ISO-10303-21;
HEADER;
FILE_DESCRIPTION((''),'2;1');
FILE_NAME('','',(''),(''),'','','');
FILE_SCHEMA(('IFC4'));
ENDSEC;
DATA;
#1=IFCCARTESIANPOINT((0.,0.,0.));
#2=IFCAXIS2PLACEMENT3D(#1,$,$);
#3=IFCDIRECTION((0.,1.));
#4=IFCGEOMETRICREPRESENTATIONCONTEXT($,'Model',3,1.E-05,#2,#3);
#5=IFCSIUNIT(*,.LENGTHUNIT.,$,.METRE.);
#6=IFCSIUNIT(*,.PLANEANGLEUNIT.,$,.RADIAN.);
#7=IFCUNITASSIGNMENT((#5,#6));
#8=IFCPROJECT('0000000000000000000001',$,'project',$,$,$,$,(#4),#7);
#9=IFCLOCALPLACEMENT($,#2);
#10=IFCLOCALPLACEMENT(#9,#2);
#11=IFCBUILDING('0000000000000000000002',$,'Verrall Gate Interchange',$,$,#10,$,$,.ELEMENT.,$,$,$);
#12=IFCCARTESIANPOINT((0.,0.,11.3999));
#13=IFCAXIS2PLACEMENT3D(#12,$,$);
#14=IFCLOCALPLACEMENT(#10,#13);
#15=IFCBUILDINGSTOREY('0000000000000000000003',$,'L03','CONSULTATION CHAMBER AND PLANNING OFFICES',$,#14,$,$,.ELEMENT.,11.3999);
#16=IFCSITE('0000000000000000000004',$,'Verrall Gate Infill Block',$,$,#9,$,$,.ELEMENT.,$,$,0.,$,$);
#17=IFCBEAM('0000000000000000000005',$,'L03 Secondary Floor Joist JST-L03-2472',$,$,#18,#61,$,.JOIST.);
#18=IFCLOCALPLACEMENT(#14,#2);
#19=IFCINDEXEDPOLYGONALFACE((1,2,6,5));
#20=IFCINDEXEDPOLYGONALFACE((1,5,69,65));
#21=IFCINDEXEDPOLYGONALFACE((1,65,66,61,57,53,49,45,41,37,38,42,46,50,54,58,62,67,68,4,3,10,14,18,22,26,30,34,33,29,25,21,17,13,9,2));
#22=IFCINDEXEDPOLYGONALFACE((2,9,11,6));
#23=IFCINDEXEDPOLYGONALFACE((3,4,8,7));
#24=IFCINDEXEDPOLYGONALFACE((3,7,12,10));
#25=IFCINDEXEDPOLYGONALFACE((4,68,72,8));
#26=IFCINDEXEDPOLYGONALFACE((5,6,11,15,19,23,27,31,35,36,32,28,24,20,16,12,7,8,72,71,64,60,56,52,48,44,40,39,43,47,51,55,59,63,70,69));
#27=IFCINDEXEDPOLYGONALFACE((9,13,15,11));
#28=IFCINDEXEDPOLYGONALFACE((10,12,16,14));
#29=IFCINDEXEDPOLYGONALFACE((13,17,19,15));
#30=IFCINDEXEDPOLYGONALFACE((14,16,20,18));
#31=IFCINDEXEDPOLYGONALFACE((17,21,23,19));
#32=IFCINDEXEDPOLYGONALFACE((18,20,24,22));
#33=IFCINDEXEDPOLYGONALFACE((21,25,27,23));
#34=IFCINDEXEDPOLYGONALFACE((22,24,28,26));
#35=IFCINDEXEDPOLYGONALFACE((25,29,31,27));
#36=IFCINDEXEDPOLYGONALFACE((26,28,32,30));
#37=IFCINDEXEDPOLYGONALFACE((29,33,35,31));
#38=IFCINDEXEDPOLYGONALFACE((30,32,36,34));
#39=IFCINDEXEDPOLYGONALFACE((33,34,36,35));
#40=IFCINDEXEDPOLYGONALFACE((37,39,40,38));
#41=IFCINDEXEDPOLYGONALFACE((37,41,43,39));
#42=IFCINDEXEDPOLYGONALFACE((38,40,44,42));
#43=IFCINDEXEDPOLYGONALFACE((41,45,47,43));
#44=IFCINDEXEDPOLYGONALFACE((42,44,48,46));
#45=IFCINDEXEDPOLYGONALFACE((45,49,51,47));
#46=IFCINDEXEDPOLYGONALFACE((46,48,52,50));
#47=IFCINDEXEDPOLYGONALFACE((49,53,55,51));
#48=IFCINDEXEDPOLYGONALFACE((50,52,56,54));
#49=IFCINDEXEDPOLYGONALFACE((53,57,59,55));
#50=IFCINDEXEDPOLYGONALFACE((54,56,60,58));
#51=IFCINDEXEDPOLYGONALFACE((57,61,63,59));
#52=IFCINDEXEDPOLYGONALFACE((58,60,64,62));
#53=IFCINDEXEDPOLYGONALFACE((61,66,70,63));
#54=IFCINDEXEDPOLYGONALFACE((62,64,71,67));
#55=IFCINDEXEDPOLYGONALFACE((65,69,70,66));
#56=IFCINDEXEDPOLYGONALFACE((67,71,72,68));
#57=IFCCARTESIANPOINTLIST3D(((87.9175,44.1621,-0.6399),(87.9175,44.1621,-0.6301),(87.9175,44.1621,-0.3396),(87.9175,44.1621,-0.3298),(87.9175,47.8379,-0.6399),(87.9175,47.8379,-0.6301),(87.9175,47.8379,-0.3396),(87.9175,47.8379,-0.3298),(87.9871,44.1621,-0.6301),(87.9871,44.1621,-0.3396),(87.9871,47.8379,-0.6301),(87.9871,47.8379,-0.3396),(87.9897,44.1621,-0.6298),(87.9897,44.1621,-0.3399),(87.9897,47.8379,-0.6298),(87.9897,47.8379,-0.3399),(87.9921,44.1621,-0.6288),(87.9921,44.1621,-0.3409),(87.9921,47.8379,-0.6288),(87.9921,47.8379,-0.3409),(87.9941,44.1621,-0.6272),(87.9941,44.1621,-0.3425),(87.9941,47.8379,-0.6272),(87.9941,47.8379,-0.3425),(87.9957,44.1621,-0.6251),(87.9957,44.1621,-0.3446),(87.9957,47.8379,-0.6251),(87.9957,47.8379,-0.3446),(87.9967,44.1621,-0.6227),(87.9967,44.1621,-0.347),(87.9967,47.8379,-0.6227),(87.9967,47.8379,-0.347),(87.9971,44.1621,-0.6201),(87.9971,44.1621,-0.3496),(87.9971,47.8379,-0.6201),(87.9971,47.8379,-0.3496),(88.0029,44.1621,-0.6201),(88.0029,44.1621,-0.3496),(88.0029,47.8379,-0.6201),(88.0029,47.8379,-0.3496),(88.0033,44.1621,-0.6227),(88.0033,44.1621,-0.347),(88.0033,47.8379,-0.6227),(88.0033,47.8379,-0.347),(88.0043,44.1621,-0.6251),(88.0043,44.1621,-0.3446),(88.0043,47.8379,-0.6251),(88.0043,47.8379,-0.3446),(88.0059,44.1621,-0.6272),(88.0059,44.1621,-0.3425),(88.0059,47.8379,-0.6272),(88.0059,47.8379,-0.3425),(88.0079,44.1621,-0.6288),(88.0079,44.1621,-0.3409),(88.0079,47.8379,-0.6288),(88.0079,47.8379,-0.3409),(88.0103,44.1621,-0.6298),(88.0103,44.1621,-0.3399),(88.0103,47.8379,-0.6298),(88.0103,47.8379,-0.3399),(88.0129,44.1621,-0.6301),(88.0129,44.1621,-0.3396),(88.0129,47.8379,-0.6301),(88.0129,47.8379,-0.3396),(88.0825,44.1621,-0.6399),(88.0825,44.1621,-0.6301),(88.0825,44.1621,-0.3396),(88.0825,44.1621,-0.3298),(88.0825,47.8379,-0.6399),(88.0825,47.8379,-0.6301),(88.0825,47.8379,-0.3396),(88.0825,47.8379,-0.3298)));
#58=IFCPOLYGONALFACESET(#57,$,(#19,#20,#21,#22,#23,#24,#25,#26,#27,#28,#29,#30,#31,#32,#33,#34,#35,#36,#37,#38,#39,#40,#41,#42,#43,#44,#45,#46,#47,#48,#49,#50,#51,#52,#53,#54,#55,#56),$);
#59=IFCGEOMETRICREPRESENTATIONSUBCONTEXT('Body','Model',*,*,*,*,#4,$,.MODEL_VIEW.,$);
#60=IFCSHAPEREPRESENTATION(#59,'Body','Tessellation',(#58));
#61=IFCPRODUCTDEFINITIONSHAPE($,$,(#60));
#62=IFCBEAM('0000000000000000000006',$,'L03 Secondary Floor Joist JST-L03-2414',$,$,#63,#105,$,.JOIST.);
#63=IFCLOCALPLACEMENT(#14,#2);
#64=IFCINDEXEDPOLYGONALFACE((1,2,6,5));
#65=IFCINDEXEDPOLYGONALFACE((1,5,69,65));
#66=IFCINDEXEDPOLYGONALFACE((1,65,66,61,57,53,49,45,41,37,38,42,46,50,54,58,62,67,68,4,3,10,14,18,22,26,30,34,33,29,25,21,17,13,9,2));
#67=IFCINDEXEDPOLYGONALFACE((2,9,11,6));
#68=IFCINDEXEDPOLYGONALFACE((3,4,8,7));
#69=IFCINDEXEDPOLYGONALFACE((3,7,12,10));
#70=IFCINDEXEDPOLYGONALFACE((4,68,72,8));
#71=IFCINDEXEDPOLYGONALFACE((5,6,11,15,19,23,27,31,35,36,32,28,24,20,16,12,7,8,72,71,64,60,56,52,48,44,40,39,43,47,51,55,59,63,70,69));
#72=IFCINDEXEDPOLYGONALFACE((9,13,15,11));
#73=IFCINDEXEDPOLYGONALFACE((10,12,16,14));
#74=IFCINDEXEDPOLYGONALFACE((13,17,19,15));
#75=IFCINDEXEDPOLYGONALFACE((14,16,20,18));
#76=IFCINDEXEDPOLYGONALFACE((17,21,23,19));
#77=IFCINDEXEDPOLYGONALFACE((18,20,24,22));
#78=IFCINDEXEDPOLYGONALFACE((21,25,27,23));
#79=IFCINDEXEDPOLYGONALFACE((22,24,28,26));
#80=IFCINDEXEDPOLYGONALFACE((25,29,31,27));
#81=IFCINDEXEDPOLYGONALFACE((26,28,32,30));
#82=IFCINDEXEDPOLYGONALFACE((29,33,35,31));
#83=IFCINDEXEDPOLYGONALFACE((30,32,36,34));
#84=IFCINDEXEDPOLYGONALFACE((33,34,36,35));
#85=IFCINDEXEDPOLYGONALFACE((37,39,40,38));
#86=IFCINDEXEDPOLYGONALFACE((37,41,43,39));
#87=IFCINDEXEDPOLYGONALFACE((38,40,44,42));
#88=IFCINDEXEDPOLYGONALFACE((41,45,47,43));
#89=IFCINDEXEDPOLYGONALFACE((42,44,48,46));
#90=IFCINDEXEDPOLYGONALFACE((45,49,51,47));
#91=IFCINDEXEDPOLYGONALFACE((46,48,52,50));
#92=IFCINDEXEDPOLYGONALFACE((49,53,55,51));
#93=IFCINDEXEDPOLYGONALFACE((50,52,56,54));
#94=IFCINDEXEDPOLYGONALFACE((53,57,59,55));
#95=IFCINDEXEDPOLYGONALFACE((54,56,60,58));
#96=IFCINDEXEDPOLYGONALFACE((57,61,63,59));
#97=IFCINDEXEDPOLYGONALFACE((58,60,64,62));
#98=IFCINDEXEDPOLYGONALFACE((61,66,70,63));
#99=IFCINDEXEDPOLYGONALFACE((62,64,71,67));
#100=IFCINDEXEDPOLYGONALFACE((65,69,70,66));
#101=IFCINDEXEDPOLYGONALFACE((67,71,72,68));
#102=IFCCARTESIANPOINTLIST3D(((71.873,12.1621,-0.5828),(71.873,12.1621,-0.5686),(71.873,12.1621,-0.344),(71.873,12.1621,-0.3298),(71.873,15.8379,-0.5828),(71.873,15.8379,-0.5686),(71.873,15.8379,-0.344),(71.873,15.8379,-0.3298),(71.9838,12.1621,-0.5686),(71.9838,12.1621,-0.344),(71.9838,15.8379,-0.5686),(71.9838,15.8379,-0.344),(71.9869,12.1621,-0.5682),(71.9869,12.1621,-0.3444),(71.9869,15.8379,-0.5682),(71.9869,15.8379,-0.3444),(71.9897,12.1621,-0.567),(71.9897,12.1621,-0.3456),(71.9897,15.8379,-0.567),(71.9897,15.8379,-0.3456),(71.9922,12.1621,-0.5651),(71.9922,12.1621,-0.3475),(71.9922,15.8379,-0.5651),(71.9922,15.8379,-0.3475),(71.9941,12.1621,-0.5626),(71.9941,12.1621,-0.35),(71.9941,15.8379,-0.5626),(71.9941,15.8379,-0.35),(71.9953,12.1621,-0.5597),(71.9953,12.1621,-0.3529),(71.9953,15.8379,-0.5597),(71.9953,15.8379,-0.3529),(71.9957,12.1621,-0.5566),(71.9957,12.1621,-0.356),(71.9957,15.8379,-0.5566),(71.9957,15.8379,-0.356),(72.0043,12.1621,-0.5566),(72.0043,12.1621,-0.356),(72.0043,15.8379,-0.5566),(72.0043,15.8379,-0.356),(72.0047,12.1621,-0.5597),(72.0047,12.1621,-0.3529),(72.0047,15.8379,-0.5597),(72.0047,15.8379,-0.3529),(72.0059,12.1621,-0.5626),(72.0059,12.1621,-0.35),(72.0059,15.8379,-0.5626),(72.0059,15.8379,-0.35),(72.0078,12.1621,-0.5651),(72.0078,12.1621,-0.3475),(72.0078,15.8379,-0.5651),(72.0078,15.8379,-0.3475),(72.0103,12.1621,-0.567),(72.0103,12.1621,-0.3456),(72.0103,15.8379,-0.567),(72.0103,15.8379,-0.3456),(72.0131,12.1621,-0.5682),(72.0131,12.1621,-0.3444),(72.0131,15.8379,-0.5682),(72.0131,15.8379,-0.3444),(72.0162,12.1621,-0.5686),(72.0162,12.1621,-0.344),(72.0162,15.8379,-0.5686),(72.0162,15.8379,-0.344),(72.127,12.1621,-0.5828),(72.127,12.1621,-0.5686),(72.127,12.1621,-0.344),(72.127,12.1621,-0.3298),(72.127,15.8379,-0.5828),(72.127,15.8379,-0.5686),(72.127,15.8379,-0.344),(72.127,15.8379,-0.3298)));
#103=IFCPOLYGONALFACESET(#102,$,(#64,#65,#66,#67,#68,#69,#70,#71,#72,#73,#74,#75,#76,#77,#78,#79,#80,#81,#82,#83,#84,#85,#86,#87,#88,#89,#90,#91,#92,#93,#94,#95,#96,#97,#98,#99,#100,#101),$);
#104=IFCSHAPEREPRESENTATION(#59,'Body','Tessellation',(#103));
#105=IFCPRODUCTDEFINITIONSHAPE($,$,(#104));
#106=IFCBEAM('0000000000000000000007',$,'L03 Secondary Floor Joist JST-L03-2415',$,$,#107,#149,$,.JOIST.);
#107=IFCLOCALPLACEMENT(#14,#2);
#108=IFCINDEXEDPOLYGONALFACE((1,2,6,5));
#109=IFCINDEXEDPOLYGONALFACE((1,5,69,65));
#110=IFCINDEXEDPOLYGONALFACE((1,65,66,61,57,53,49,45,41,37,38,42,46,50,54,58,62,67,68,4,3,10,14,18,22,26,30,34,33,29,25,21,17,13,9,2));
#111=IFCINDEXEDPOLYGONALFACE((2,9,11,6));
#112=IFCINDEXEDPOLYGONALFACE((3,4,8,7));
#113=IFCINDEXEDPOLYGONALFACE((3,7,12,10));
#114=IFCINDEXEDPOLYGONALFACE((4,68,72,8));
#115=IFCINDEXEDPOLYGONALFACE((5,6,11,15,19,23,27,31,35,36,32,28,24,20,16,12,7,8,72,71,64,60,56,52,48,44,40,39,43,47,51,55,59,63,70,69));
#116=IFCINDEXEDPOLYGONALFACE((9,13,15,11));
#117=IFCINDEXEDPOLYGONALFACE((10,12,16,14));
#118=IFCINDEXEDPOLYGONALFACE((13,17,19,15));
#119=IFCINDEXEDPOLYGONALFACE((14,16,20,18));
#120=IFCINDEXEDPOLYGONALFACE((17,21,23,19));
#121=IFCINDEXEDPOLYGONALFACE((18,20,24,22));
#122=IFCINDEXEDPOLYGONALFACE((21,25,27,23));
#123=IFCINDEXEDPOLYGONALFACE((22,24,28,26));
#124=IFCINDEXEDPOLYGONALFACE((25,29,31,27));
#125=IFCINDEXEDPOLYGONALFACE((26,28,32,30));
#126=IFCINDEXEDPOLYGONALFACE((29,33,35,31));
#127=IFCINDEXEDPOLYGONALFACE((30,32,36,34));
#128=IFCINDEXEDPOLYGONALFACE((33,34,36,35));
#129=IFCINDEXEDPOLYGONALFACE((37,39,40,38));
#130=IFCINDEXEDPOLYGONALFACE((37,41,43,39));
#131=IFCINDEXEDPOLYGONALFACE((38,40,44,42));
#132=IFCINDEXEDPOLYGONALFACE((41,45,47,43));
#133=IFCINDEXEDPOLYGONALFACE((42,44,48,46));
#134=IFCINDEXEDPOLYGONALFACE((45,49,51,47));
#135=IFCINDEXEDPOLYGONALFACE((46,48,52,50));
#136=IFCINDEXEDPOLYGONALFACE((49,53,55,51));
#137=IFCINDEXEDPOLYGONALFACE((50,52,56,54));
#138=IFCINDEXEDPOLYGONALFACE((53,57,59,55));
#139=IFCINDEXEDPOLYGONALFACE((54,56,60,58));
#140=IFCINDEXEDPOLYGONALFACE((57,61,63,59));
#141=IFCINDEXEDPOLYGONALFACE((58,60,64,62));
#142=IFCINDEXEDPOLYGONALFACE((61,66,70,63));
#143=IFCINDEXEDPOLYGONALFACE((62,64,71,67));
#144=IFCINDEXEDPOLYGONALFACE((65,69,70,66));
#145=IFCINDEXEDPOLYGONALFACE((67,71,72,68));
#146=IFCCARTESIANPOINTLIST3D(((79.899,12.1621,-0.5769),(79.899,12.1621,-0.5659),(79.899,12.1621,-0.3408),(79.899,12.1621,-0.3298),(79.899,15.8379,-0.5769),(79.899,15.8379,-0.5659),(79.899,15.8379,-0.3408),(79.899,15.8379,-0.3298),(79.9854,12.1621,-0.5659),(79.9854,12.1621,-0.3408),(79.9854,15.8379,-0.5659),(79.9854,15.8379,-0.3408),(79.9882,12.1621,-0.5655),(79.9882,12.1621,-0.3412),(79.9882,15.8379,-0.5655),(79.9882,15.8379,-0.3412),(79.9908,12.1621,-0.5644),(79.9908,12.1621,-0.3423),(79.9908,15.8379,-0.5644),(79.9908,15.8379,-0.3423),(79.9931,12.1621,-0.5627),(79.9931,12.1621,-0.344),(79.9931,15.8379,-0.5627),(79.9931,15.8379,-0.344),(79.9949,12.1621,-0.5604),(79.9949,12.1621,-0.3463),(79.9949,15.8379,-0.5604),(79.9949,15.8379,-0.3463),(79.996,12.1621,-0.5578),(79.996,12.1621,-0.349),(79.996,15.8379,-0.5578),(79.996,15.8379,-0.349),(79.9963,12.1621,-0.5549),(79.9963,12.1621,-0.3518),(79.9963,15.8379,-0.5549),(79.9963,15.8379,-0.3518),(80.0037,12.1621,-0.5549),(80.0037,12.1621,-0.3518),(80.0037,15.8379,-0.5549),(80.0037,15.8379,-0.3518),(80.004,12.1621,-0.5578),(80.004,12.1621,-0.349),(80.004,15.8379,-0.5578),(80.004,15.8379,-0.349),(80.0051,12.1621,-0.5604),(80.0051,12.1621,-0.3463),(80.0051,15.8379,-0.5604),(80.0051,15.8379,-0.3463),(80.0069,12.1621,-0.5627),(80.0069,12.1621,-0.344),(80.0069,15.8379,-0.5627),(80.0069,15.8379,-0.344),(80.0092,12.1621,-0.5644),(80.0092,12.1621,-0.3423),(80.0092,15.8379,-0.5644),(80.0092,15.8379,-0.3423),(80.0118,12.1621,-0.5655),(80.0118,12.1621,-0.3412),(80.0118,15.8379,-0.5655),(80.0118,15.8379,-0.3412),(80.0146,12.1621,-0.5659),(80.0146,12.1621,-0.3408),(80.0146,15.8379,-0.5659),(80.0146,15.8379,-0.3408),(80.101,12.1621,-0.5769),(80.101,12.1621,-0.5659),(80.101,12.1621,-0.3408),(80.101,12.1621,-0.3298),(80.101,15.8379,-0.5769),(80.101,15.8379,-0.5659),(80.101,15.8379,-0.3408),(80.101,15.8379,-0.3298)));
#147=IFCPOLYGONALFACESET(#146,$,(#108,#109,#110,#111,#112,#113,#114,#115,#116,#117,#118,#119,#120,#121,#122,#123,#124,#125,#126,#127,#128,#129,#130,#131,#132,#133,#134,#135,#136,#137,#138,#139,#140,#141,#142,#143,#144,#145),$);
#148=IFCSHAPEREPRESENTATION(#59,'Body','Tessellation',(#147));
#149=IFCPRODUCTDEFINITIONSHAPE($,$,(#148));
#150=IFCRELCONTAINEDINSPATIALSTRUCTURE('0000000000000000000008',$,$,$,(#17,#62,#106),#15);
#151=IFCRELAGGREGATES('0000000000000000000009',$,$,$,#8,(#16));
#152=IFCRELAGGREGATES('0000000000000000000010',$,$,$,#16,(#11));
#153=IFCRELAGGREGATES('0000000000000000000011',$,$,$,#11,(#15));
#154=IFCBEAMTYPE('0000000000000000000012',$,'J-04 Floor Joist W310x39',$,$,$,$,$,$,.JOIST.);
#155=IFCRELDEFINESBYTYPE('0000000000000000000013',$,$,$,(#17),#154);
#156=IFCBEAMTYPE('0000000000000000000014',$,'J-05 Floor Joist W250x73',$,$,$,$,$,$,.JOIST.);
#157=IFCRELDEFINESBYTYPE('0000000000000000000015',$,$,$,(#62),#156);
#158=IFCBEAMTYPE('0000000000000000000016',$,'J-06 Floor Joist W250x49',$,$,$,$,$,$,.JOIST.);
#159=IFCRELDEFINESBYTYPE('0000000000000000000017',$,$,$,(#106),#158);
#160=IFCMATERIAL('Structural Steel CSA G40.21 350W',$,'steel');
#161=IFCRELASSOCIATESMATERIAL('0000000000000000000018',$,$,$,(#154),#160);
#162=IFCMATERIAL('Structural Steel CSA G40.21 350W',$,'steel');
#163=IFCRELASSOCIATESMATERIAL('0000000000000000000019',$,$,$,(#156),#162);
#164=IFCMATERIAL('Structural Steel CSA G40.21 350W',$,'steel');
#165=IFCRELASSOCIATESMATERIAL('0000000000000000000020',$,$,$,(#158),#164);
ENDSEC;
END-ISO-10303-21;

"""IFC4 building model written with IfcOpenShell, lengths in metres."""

from ifc_helpers import new_model, si_unit, direction, frame, origin, origin_2d, place, context, subcontext, project, spatial, i_section, extrude, material, material_profile, profile_set, type_object, element, save


model = new_model("IFC4")

# Units and contexts
model_context = context("Model", 3, precision=1e-05, world=origin(), true_north=direction((0.0, 1.0)))
body_context = subcontext(model_context, "Body", "Model", "MODEL_VIEW")
ifc_project = project(units=[si_unit("LENGTHUNIT", "METRE"), si_unit("PLANEANGLEUNIT", "RADIAN")], contexts=[model_context])

# Site, building, storey
site_placement = place(None, origin())
site = spatial("IfcSite", under=ifc_project, at=site_placement, Name="Verrall Gate Infill Block", CompositionType="ELEMENT", RefElevation=0.0)
building_placement = place(site_placement, origin())
building = spatial("IfcBuilding", under=site, at=building_placement, Name="Verrall Gate Interchange", CompositionType="ELEMENT")
storey_placement = place(building_placement, frame((0.0, 0.0, 11.3999)))
storey = spatial("IfcBuildingStorey", under=building, at=storey_placement, Name="L03", Description="CONSULTATION CHAMBER AND PLANNING OFFICES", CompositionType="ELEMENT", Elevation=11.3999)

# Beams
ifc_material_1 = material(Name="Structural Steel CSA G40.21 350W", Category="steel")
ifc_material_profile_1 = material_profile(ifc_material_1, i_section(OverallWidth=0.165, OverallDepth=0.3101, WebThickness=0.0059, FlangeThickness=0.0098, FilletRadius=0.01, at=origin_2d()), Name="W310x39")
ifc_profile_set_1 = profile_set([ifc_material_profile_1], Name="Structural Steel CSA G40.21 350W")
beam_type_1 = type_object("IfcBeamType", Name="J-04 Floor Joist W310x39", PredefinedType="JOIST", material=ifc_profile_set_1)
for number, where, z_axis, x_axis, name in (
    (1, (88.0, 44.1621, -0.4849), (0.0, 1.0, 0.0), (-1.0, 0.0, 0.0), "L03 Secondary Floor Joist JST-L03-2472"),
):
    element("IfcBeam", number, at=place(storey_placement, frame(where, z_axis=z_axis, x_axis=x_axis)), inside=storey, type_object=beam_type_1, Name=name, PredefinedType="JOIST", context=body_context, shape_type="SweptSolid", body=[
        extrude(i_section(OverallWidth=0.165, OverallDepth=0.3101, WebThickness=0.0059, FlangeThickness=0.0098, FilletRadius=0.01, at=origin_2d()), origin(), (0.0, 0.0, 1.0), 3.6758),
    ])
ifc_material_2 = material(Name="Structural Steel CSA G40.21 350W", Category="steel")
ifc_material_profile_2 = material_profile(ifc_material_2, i_section(OverallWidth=0.2539, OverallDepth=0.2529, WebThickness=0.0085, FlangeThickness=0.0142, FilletRadius=0.012, at=origin_2d()), Name="W250x73")
ifc_profile_set_2 = profile_set([ifc_material_profile_2], Name="Structural Steel CSA G40.21 350W")
beam_type_2 = type_object("IfcBeamType", Name="J-05 Floor Joist W250x73", PredefinedType="JOIST", material=ifc_profile_set_2)
beam_1_placement = place(storey_placement, frame((72.0, 12.1621, -0.4563), z_axis=(0.0, 1.0, 0.0), x_axis=(-1.0, 0.0, 0.0)))
element("IfcBeam", 2, at=beam_1_placement, inside=storey, type_object=beam_type_2, Name="L03 Secondary Floor Joist JST-L03-2414", PredefinedType="JOIST", context=body_context, shape_type="SweptSolid", body=[
    extrude(i_section(OverallWidth=0.2539, OverallDepth=0.2529, WebThickness=0.0085, FlangeThickness=0.0142, FilletRadius=0.012, at=origin_2d()), origin(), (0.0, 0.0, 1.0), 3.6758),
])
ifc_material_3 = material(Name="Structural Steel CSA G40.21 350W", Category="steel")
ifc_material_profile_3 = material_profile(ifc_material_3, i_section(OverallWidth=0.2019, OverallDepth=0.2471, WebThickness=0.0073, FlangeThickness=0.011, FilletRadius=0.011, at=origin_2d()), Name="W250x49")
ifc_profile_set_3 = profile_set([ifc_material_profile_3], Name="Structural Steel CSA G40.21 350W")
beam_type_3 = type_object("IfcBeamType", Name="J-06 Floor Joist W250x49", PredefinedType="JOIST", material=ifc_profile_set_3)
beam_2_placement = place(storey_placement, frame((80.0, 12.1621, -0.4534), z_axis=(0.0, 1.0, 0.0), x_axis=(-1.0, 0.0, 0.0)))
element("IfcBeam", 3, at=beam_2_placement, inside=storey, type_object=beam_type_3, Name="L03 Secondary Floor Joist JST-L03-2415", PredefinedType="JOIST", context=body_context, shape_type="SweptSolid", body=[
    extrude(i_section(OverallWidth=0.2019, OverallDepth=0.2471, WebThickness=0.0073, FlangeThickness=0.011, FilletRadius=0.011, at=origin_2d()), origin(), (0.0, 0.0, 1.0), 3.6758),
])

save(model, "model.ifc")
